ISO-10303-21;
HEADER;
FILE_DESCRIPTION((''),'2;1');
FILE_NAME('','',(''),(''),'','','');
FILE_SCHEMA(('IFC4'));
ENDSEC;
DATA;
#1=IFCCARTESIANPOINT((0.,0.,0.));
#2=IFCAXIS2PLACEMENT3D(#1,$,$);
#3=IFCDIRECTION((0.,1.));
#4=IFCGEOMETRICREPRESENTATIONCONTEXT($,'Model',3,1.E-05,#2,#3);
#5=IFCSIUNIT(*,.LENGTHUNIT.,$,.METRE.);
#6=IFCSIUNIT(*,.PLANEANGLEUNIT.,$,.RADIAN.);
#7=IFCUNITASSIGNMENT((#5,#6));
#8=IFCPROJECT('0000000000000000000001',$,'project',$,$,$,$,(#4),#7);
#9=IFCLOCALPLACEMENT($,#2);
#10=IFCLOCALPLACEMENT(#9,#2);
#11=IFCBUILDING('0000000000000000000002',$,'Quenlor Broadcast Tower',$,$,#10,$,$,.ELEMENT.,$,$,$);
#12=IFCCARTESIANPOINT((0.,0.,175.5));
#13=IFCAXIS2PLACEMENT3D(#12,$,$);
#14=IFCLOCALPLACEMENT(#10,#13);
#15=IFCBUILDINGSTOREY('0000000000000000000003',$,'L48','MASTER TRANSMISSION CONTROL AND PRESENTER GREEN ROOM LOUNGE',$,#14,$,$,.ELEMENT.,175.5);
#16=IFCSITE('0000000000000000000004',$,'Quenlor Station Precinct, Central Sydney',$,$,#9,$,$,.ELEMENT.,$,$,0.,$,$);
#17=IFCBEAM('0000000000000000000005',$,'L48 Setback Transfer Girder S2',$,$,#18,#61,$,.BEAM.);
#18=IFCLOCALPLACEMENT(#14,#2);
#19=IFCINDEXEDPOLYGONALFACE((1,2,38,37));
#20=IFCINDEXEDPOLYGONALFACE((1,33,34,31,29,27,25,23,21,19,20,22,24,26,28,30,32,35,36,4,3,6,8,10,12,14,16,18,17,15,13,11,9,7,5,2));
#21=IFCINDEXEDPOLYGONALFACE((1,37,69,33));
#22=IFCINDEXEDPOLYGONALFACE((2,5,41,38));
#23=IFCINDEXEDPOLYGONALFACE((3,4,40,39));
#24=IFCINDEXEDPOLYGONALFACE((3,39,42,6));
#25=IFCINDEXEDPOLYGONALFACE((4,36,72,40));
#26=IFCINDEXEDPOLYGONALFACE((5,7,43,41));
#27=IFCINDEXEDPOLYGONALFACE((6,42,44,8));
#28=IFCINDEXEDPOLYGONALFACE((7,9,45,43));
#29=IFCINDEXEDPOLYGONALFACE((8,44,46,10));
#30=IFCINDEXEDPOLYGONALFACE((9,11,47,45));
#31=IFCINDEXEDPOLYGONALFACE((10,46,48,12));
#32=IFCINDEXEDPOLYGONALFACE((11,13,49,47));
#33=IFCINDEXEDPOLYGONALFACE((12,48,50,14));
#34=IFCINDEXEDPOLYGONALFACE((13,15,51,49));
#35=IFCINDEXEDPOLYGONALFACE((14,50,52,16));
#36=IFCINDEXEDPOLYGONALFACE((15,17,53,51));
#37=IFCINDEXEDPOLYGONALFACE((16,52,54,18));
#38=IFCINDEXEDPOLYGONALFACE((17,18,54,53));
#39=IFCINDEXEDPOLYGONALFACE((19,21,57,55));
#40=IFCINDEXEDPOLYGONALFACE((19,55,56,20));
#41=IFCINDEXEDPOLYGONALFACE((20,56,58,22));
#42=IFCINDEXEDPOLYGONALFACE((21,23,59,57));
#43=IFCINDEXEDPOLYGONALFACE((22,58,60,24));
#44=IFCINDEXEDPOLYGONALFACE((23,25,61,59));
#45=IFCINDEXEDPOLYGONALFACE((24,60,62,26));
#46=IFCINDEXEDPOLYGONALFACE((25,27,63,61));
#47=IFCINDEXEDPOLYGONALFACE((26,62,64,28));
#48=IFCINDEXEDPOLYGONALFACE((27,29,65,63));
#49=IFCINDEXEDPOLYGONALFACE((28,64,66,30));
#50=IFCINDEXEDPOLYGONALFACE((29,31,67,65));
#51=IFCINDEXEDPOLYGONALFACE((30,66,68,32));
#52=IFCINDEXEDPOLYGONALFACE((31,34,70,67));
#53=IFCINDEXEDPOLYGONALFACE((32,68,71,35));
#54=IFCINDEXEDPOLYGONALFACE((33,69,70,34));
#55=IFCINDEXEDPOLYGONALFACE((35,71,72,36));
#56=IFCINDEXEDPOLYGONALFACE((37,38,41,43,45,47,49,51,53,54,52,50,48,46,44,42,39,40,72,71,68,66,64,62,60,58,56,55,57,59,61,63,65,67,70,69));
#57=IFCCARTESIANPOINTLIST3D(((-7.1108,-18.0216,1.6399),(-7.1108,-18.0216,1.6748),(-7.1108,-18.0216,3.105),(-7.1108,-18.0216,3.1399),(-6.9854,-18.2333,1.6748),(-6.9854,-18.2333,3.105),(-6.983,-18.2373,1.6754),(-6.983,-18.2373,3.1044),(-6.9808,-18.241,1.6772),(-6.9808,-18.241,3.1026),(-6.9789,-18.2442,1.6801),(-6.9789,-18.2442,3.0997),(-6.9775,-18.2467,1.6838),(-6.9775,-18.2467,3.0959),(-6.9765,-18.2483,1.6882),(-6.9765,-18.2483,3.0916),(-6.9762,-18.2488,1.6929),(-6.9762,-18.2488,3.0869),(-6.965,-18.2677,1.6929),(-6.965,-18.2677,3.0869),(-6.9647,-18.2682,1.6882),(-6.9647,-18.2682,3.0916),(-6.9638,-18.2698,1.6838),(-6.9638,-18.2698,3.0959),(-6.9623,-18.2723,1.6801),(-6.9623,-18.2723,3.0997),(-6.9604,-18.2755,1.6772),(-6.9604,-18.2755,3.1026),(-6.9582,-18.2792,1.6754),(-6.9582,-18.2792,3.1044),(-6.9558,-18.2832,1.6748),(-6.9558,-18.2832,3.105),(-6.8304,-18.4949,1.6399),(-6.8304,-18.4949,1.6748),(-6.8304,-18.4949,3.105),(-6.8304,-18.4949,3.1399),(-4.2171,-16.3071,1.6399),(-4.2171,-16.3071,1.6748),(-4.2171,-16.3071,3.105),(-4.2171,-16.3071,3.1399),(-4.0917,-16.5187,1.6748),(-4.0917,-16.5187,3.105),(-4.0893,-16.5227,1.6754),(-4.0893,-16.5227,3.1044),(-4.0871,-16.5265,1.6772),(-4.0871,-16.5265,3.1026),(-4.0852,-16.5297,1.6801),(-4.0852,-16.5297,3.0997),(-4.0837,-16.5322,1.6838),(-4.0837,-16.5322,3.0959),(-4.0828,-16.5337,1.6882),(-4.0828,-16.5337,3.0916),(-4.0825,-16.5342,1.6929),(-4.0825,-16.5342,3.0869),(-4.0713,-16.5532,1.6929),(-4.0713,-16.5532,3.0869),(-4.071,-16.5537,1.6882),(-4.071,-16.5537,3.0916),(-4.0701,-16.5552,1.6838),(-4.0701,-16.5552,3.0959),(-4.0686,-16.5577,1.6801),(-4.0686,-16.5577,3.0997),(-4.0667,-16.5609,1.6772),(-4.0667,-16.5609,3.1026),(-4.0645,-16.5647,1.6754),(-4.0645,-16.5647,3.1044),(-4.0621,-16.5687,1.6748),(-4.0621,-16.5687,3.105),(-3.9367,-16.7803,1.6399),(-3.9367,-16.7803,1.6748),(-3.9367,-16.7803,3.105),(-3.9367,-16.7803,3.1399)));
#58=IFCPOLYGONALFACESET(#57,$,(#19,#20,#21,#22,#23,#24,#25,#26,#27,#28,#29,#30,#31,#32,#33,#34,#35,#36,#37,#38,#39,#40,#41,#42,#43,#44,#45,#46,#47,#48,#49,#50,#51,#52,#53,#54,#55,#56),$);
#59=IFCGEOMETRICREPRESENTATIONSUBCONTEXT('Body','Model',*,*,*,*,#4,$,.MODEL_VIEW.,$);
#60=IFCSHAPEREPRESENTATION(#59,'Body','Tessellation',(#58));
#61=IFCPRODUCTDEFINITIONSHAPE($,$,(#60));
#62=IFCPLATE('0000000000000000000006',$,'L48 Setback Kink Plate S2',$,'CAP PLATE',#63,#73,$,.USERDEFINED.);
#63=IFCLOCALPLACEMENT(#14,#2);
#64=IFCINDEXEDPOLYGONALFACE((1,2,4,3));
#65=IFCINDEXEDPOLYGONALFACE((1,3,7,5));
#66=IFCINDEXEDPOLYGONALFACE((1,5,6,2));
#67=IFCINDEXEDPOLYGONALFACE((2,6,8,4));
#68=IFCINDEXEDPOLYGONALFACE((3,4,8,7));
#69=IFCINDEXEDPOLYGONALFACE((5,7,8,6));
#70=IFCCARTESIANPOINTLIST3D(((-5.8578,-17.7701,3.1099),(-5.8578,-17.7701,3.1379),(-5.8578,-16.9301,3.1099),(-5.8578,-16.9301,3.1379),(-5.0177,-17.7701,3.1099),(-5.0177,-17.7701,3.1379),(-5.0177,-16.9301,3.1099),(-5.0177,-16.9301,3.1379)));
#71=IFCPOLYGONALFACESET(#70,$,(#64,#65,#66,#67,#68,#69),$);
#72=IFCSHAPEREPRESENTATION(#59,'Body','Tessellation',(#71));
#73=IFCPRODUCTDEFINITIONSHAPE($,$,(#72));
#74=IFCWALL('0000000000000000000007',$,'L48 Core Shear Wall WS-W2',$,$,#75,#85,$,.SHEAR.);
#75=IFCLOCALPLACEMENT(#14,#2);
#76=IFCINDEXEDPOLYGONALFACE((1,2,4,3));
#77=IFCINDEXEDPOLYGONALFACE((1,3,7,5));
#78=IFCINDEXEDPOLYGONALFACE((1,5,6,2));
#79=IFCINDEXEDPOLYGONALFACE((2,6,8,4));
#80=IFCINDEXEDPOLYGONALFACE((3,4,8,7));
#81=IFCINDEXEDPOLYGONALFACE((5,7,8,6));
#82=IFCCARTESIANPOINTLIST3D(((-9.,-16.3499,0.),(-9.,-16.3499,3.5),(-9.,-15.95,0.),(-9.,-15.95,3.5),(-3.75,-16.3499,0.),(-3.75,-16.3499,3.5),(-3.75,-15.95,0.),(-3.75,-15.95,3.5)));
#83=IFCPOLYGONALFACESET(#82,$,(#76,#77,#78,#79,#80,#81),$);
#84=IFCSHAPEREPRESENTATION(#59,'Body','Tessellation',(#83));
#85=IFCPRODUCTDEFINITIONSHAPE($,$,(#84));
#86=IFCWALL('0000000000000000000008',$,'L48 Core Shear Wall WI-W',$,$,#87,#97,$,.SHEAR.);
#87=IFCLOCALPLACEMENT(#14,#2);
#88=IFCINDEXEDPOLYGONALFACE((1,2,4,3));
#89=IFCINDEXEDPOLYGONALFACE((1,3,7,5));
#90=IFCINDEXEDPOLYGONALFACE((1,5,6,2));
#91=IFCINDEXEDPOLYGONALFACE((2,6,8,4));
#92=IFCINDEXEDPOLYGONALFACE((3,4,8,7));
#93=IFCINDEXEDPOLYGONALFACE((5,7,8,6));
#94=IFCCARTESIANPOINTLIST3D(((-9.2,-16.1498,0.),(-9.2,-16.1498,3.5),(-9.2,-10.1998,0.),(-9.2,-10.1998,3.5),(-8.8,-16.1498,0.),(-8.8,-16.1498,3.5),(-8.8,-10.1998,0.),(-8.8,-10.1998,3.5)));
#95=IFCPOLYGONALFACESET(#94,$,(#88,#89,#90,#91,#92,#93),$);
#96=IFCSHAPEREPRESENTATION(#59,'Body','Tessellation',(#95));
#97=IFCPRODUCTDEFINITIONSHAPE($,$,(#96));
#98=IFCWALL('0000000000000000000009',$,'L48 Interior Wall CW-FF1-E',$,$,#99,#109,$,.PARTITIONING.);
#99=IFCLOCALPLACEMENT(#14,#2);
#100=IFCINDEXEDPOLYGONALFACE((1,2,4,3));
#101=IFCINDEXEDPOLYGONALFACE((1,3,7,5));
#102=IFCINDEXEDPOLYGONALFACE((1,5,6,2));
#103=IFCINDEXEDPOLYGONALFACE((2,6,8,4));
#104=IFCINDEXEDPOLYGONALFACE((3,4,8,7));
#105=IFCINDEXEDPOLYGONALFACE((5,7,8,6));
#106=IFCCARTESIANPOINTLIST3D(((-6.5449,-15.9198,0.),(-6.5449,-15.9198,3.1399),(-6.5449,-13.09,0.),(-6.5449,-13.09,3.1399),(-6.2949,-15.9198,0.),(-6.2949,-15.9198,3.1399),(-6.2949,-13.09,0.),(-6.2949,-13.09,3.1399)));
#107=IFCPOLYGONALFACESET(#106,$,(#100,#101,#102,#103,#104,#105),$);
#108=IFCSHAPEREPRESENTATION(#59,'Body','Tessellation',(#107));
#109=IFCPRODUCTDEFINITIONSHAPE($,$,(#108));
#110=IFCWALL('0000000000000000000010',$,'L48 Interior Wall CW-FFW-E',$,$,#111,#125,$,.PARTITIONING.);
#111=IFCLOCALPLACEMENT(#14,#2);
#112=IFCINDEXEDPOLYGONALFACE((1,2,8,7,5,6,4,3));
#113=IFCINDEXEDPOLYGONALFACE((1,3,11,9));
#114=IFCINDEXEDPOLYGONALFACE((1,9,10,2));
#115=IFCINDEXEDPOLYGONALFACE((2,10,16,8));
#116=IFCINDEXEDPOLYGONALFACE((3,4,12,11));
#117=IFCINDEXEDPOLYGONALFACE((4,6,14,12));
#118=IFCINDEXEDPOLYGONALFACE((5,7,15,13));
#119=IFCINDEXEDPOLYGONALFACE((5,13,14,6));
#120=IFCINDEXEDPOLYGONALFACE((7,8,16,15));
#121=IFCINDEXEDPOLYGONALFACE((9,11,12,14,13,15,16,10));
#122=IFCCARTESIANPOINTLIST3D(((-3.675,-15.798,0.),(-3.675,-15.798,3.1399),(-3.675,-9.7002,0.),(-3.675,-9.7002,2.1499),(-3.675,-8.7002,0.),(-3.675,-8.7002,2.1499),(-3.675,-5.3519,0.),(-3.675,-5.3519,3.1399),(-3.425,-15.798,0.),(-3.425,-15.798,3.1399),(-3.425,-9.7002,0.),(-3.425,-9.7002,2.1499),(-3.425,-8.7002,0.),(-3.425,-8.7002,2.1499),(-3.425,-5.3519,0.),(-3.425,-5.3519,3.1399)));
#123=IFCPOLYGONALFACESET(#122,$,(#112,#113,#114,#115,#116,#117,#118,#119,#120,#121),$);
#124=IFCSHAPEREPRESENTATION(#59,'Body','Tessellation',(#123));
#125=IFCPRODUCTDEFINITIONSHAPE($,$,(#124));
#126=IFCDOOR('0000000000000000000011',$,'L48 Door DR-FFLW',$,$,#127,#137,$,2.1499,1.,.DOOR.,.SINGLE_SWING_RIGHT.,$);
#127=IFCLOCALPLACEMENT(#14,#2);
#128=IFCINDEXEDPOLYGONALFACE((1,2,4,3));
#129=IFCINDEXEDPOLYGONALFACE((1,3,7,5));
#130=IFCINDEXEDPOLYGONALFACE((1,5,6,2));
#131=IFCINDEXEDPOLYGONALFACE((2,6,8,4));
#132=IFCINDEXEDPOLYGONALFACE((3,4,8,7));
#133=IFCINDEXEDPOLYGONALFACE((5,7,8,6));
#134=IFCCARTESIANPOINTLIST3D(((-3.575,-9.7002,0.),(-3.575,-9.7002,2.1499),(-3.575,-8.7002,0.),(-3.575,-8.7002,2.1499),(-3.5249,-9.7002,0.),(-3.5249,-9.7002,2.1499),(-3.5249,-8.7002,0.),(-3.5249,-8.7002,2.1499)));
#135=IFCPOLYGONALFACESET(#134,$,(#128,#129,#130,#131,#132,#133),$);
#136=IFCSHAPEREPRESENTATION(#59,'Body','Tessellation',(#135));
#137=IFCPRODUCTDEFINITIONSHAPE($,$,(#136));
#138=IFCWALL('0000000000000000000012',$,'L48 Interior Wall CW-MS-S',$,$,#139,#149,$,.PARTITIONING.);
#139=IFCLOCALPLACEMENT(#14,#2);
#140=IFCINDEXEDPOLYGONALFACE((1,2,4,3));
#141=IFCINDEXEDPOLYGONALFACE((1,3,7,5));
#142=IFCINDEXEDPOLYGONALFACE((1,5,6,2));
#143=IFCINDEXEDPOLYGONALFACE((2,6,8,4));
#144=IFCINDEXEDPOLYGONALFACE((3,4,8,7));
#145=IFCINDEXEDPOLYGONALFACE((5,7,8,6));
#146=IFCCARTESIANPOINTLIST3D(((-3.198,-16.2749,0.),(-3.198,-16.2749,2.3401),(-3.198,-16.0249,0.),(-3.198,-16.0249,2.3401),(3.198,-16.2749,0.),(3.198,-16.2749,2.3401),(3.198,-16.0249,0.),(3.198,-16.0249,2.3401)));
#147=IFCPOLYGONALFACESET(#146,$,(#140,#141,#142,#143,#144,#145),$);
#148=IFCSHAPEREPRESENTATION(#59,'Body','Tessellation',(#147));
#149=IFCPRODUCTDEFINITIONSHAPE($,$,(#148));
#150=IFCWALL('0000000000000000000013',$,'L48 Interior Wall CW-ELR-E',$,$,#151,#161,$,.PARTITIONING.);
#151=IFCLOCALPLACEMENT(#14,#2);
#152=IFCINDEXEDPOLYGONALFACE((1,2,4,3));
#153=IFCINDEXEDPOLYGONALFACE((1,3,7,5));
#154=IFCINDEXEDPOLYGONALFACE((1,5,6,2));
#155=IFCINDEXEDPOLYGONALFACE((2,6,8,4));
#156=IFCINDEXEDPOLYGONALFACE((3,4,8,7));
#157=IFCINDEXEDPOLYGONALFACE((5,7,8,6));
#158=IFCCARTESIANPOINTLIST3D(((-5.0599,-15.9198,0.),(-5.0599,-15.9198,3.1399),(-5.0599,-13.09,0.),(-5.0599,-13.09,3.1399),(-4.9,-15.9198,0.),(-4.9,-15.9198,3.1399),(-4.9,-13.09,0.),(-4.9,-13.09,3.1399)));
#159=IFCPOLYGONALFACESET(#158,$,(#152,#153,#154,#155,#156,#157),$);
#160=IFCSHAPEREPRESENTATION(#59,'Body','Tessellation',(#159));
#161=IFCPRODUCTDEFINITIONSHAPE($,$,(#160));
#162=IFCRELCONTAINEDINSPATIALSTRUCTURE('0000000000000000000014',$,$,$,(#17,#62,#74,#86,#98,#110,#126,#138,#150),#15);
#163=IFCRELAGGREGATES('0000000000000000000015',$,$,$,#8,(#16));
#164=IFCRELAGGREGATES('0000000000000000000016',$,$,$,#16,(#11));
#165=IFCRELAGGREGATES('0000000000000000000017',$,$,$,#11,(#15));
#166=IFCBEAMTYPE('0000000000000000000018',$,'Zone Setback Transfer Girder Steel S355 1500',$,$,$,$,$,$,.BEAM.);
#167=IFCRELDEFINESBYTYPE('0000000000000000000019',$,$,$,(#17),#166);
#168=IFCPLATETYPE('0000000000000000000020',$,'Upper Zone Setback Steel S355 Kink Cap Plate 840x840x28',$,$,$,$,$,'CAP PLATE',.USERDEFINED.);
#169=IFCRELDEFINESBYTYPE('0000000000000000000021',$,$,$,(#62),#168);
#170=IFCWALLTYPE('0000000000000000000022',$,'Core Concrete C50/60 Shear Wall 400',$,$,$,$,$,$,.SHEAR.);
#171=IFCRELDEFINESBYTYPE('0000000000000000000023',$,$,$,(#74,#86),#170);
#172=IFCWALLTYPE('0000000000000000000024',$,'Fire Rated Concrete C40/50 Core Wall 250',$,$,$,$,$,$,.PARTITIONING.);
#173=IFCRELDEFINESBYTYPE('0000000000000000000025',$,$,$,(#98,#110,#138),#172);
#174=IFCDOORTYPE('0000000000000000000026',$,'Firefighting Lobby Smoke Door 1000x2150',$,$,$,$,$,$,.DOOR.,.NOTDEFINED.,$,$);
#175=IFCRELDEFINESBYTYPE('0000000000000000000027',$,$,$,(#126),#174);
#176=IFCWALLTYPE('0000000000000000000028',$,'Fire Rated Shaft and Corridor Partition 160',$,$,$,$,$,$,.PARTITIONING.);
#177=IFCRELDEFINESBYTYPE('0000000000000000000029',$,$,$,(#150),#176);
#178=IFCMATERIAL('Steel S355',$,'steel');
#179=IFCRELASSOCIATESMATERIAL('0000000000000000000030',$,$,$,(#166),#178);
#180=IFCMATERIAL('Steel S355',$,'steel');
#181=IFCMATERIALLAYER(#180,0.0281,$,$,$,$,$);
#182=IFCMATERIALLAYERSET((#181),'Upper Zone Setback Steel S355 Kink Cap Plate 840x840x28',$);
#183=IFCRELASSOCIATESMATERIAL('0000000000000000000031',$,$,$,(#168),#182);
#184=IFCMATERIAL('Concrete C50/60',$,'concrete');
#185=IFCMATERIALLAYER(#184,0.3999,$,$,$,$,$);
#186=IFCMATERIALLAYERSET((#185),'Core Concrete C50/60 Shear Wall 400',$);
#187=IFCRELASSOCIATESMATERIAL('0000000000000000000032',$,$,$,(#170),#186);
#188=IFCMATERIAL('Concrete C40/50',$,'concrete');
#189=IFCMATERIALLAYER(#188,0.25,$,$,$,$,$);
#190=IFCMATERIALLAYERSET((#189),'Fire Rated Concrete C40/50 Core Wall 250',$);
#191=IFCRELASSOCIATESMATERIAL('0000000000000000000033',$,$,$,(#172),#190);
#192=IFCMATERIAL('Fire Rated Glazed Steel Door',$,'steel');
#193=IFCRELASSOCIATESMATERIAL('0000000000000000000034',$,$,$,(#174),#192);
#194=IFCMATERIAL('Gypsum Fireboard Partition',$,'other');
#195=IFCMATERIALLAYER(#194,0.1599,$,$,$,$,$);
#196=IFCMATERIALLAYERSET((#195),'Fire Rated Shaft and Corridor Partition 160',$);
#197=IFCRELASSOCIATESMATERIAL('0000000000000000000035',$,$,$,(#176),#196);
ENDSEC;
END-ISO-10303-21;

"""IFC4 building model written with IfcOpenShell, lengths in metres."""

from ifc_helpers import new_model, si_unit, direction, frame, frame_2d, origin, origin_2d, place, context, subcontext, project, spatial, rectangle, i_section, extrude, material, layer, layer_set, material_profile, profile_set, type_object, element, fill, save


model = new_model("IFC4")

# Units and contexts
model_context = context("Model", 3, precision=1e-05, world=origin(), true_north=direction((0.0, 1.0)))
body_context = subcontext(model_context, "Body", "Model", "MODEL_VIEW")
ifc_project = project(units=[si_unit("LENGTHUNIT", "METRE"), si_unit("PLANEANGLEUNIT", "RADIAN")], contexts=[model_context])

# Site, building, storey
site_placement = place(None, origin())
site = spatial("IfcSite", under=ifc_project, at=site_placement, Name="Quenlor Station Precinct, Central Sydney", CompositionType="ELEMENT", RefElevation=0.0)
building_placement = place(site_placement, origin())
building = spatial("IfcBuilding", under=site, at=building_placement, Name="Quenlor Broadcast Tower", CompositionType="ELEMENT")
storey_placement = place(building_placement, frame((0.0, 0.0, 175.5)))
storey = spatial("IfcBuildingStorey", under=building, at=storey_placement, Name="L48", Description="MASTER TRANSMISSION CONTROL AND PRESENTER GREEN ROOM LOUNGE", CompositionType="ELEMENT", Elevation=175.5)

# Beam
ifc_material_1 = material(Name="Steel S355", Category="steel")
ifc_material_profile_1 = material_profile(ifc_material_1, i_section(OverallWidth=0.55, OverallDepth=1.5, WebThickness=0.022, FlangeThickness=0.0349, FilletRadius=0.0181, at=origin_2d()))
ifc_profile_set_1 = profile_set([ifc_material_profile_1], Name="Steel S355 1500TG510")
beam_type_1 = type_object("IfcBeamType", Name="Zone Setback Transfer Girder Steel S355 1500", PredefinedType="BEAM", material=ifc_profile_set_1)
beam_1_placement = place(storey_placement, frame((-4.0769, -16.5437, 2.3899), z_axis=(-0.860323, -0.509749, 0.0), x_axis=(0.509749, -0.860323, 0.0)))
element("IfcBeam", 1, at=beam_1_placement, inside=storey, type_object=beam_type_1, Name="L48 Setback Transfer Girder S2", PredefinedType="BEAM", context=body_context, shape_type="SweptSolid", body=[
    extrude(i_section(OverallWidth=0.55, OverallDepth=1.5, WebThickness=0.022, FlangeThickness=0.0349, FilletRadius=0.0181, at=origin_2d()), origin(), (0.0, 0.0, 1.0), 3.3635),
])

# Plate
ifc_material_2 = material(Name="Steel S355", Category="steel")
ifc_layer_1 = layer(ifc_material_2, 0.0281)
ifc_layer_set_1 = layer_set([ifc_layer_1], Name="Upper Zone Setback Steel S355 Kink Cap Plate 840x840x28")
plate_type = type_object("IfcPlateType", Name="Upper Zone Setback Steel S355 Kink Cap Plate 840x840x28", ElementType="CAP PLATE", PredefinedType="USERDEFINED", material=ifc_layer_set_1)
plate_placement = place(storey_placement, frame((-5.4377, -17.3501, 3.1099), z_axis=(0.0, 0.0, 1.0), x_axis=(0.0, 1.0, 0.0)))
element("IfcPlate", 2, at=plate_placement, inside=storey, type_object=plate_type, Name="L48 Setback Kink Plate S2", ObjectType="CAP PLATE", PredefinedType="USERDEFINED", context=body_context, shape_type="SweptSolid", body=[
    extrude(rectangle(XDim=0.8401, YDim=0.8401, at=origin_2d()), origin(), (0.0, 0.0, 1.0), 0.0281),
])

# Walls
ifc_material_3 = material(Name="Concrete C50/60", Category="concrete")
ifc_layer_2 = layer(ifc_material_3, 0.3999)
ifc_layer_set_2 = layer_set([ifc_layer_2], Name="Core Concrete C50/60 Shear Wall 400")
wall_type_1 = type_object("IfcWallType", Name="Core Concrete C50/60 Shear Wall 400", PredefinedType="SHEAR", material=ifc_layer_set_2)
wall_1_placement = place(storey_placement, frame((-9.0, -16.1499, 0.0), z_axis=(0.0, 0.0, 1.0), x_axis=(1.0, 0.0, 0.0)))
element("IfcWall", 3, at=wall_1_placement, inside=storey, type_object=wall_type_1, Name="L48 Core Shear Wall WS-W2", PredefinedType="SHEAR", context=body_context, shape_type="SweptSolid", body=[
    extrude(rectangle(XDim=5.25, YDim=0.3999, at=frame_2d((2.625, 0.0))), origin(), (0.0, 0.0, 1.0), 3.5),
])
wall_2_placement = place(storey_placement, frame((-9.0, -16.1499, 0.0), z_axis=(0.0, 0.0, 1.0), x_axis=(0.0, 1.0, 0.0)))
element("IfcWall", 4, at=wall_2_placement, inside=storey, type_object=wall_type_1, Name="L48 Core Shear Wall WI-W", PredefinedType="SHEAR", context=body_context, shape_type="SweptSolid", body=[
    extrude(rectangle(XDim=5.95, YDim=0.3999, at=frame_2d((2.9751, 0.0))), origin(), (0.0, 0.0, 1.0), 3.5),
])

# Shared definitions
ifc_material_4 = material(Name="Concrete C40/50", Category="concrete")
ifc_layer_3 = layer(ifc_material_4, 0.25)
ifc_layer_set_3 = layer_set([ifc_layer_3], Name="Fire Rated Concrete C40/50 Core Wall 250")
wall_type_2 = type_object("IfcWallType", Name="Fire Rated Concrete C40/50 Core Wall 250", PredefinedType="PARTITIONING", material=ifc_layer_set_3)

# Wall
wall_3_placement = place(storey_placement, frame((-6.4199, -15.9199, 0.0), z_axis=(0.0, 0.0, 1.0), x_axis=(0.0, 1.0, 0.0)))
element("IfcWall", 5, at=wall_3_placement, inside=storey, type_object=wall_type_2, Name="L48 Interior Wall CW-FF1-E", PredefinedType="PARTITIONING", context=body_context, shape_type="SweptSolid", body=[
    extrude(rectangle(XDim=2.8298, YDim=0.25, at=frame_2d((1.415, 0.0))), origin(), (0.0, 0.0, 1.0), 3.1399),
])

# Wall, opening, door
wall_4_placement = place(storey_placement, frame((-3.55, -15.7981, 0.0), z_axis=(0.0, 0.0, 1.0), x_axis=(0.0, 1.0, 0.0)))
wall_4 = element("IfcWall", 6, at=wall_4_placement, inside=storey, type_object=wall_type_2, Name="L48 Interior Wall CW-FFW-E", PredefinedType="PARTITIONING", context=body_context, shape_type="SweptSolid", body=[
    extrude(rectangle(XDim=10.446, YDim=0.25, at=frame_2d((5.2231, 0.0))), origin(), (0.0, 0.0, 1.0), 3.1399),
])
opening_1_placement = place(wall_4_placement, frame((6.0979, 0.0, 0.0)))
opening_1 = element("IfcOpeningElement", 7, at=opening_1_placement, cuts=wall_4, PredefinedType="OPENING", context=body_context, shape_type="SweptSolid", body=[
    extrude(rectangle(XDim=1.0, YDim=2.1499, at=frame_2d((0.5, 1.075))), frame((0.0, 0.135, 0.0), z_axis=(0.0, -1.0, 0.0), x_axis=(1.0, 0.0, 0.0)), (0.0, 0.0, 1.0), 0.27),
])
ifc_material_5 = material(Name="Fire Rated Glazed Steel Door", Category="steel")
door_type_1 = type_object("IfcDoorType", Name="Firefighting Lobby Smoke Door 1000x2150", OperationType="NOTDEFINED", PredefinedType="DOOR", material=ifc_material_5)
door_1_placement = place(opening_1_placement, origin())
door_1 = element("IfcDoor", 8, at=door_1_placement, inside=storey, type_object=door_type_1, Name="L48 Door DR-FFLW", OperationType="SINGLE_SWING_RIGHT", OverallHeight=2.1499, OverallWidth=1.0, PredefinedType="DOOR", context=body_context, shape_type="SweptSolid", body=[
    extrude(rectangle(XDim=1.0, YDim=2.1499, at=frame_2d((0.5, 1.075))), frame((0.0, 0.0249, 0.0), z_axis=(0.0, -1.0, 0.0), x_axis=(1.0, 0.0, 0.0)), (0.0, 0.0, 1.0), 0.05),
])
fill(opening_1, door_1)

# Walls
wall_5_placement = place(storey_placement, frame((-3.198, -16.1499, 0.0), z_axis=(0.0, 0.0, 1.0), x_axis=(1.0, 0.0, 0.0)))
element("IfcWall", 9, at=wall_5_placement, inside=storey, type_object=wall_type_2, Name="L48 Interior Wall CW-MS-S", PredefinedType="PARTITIONING", context=body_context, shape_type="SweptSolid", body=[
    extrude(rectangle(XDim=6.396, YDim=0.25, at=frame_2d((3.198, 0.0))), origin(), (0.0, 0.0, 1.0), 2.3401),
])
ifc_material_6 = material(Name="Gypsum Fireboard Partition", Category="other")
ifc_layer_4 = layer(ifc_material_6, 0.1599)
ifc_layer_set_4 = layer_set([ifc_layer_4], Name="Fire Rated Shaft and Corridor Partition 160")
wall_type_3 = type_object("IfcWallType", Name="Fire Rated Shaft and Corridor Partition 160", PredefinedType="PARTITIONING", material=ifc_layer_set_4)
wall_6_placement = place(storey_placement, frame((-4.98, -15.9199, 0.0), z_axis=(0.0, 0.0, 1.0), x_axis=(0.0, 1.0, 0.0)))
element("IfcWall", 10, at=wall_6_placement, inside=storey, type_object=wall_type_3, Name="L48 Interior Wall CW-ELR-E", PredefinedType="PARTITIONING", context=body_context, shape_type="SweptSolid", body=[
    extrude(rectangle(XDim=2.8298, YDim=0.1599, at=frame_2d((1.415, 0.0))), origin(), (0.0, 0.0, 1.0), 3.1399),
])

save(model, "model.ifc")
